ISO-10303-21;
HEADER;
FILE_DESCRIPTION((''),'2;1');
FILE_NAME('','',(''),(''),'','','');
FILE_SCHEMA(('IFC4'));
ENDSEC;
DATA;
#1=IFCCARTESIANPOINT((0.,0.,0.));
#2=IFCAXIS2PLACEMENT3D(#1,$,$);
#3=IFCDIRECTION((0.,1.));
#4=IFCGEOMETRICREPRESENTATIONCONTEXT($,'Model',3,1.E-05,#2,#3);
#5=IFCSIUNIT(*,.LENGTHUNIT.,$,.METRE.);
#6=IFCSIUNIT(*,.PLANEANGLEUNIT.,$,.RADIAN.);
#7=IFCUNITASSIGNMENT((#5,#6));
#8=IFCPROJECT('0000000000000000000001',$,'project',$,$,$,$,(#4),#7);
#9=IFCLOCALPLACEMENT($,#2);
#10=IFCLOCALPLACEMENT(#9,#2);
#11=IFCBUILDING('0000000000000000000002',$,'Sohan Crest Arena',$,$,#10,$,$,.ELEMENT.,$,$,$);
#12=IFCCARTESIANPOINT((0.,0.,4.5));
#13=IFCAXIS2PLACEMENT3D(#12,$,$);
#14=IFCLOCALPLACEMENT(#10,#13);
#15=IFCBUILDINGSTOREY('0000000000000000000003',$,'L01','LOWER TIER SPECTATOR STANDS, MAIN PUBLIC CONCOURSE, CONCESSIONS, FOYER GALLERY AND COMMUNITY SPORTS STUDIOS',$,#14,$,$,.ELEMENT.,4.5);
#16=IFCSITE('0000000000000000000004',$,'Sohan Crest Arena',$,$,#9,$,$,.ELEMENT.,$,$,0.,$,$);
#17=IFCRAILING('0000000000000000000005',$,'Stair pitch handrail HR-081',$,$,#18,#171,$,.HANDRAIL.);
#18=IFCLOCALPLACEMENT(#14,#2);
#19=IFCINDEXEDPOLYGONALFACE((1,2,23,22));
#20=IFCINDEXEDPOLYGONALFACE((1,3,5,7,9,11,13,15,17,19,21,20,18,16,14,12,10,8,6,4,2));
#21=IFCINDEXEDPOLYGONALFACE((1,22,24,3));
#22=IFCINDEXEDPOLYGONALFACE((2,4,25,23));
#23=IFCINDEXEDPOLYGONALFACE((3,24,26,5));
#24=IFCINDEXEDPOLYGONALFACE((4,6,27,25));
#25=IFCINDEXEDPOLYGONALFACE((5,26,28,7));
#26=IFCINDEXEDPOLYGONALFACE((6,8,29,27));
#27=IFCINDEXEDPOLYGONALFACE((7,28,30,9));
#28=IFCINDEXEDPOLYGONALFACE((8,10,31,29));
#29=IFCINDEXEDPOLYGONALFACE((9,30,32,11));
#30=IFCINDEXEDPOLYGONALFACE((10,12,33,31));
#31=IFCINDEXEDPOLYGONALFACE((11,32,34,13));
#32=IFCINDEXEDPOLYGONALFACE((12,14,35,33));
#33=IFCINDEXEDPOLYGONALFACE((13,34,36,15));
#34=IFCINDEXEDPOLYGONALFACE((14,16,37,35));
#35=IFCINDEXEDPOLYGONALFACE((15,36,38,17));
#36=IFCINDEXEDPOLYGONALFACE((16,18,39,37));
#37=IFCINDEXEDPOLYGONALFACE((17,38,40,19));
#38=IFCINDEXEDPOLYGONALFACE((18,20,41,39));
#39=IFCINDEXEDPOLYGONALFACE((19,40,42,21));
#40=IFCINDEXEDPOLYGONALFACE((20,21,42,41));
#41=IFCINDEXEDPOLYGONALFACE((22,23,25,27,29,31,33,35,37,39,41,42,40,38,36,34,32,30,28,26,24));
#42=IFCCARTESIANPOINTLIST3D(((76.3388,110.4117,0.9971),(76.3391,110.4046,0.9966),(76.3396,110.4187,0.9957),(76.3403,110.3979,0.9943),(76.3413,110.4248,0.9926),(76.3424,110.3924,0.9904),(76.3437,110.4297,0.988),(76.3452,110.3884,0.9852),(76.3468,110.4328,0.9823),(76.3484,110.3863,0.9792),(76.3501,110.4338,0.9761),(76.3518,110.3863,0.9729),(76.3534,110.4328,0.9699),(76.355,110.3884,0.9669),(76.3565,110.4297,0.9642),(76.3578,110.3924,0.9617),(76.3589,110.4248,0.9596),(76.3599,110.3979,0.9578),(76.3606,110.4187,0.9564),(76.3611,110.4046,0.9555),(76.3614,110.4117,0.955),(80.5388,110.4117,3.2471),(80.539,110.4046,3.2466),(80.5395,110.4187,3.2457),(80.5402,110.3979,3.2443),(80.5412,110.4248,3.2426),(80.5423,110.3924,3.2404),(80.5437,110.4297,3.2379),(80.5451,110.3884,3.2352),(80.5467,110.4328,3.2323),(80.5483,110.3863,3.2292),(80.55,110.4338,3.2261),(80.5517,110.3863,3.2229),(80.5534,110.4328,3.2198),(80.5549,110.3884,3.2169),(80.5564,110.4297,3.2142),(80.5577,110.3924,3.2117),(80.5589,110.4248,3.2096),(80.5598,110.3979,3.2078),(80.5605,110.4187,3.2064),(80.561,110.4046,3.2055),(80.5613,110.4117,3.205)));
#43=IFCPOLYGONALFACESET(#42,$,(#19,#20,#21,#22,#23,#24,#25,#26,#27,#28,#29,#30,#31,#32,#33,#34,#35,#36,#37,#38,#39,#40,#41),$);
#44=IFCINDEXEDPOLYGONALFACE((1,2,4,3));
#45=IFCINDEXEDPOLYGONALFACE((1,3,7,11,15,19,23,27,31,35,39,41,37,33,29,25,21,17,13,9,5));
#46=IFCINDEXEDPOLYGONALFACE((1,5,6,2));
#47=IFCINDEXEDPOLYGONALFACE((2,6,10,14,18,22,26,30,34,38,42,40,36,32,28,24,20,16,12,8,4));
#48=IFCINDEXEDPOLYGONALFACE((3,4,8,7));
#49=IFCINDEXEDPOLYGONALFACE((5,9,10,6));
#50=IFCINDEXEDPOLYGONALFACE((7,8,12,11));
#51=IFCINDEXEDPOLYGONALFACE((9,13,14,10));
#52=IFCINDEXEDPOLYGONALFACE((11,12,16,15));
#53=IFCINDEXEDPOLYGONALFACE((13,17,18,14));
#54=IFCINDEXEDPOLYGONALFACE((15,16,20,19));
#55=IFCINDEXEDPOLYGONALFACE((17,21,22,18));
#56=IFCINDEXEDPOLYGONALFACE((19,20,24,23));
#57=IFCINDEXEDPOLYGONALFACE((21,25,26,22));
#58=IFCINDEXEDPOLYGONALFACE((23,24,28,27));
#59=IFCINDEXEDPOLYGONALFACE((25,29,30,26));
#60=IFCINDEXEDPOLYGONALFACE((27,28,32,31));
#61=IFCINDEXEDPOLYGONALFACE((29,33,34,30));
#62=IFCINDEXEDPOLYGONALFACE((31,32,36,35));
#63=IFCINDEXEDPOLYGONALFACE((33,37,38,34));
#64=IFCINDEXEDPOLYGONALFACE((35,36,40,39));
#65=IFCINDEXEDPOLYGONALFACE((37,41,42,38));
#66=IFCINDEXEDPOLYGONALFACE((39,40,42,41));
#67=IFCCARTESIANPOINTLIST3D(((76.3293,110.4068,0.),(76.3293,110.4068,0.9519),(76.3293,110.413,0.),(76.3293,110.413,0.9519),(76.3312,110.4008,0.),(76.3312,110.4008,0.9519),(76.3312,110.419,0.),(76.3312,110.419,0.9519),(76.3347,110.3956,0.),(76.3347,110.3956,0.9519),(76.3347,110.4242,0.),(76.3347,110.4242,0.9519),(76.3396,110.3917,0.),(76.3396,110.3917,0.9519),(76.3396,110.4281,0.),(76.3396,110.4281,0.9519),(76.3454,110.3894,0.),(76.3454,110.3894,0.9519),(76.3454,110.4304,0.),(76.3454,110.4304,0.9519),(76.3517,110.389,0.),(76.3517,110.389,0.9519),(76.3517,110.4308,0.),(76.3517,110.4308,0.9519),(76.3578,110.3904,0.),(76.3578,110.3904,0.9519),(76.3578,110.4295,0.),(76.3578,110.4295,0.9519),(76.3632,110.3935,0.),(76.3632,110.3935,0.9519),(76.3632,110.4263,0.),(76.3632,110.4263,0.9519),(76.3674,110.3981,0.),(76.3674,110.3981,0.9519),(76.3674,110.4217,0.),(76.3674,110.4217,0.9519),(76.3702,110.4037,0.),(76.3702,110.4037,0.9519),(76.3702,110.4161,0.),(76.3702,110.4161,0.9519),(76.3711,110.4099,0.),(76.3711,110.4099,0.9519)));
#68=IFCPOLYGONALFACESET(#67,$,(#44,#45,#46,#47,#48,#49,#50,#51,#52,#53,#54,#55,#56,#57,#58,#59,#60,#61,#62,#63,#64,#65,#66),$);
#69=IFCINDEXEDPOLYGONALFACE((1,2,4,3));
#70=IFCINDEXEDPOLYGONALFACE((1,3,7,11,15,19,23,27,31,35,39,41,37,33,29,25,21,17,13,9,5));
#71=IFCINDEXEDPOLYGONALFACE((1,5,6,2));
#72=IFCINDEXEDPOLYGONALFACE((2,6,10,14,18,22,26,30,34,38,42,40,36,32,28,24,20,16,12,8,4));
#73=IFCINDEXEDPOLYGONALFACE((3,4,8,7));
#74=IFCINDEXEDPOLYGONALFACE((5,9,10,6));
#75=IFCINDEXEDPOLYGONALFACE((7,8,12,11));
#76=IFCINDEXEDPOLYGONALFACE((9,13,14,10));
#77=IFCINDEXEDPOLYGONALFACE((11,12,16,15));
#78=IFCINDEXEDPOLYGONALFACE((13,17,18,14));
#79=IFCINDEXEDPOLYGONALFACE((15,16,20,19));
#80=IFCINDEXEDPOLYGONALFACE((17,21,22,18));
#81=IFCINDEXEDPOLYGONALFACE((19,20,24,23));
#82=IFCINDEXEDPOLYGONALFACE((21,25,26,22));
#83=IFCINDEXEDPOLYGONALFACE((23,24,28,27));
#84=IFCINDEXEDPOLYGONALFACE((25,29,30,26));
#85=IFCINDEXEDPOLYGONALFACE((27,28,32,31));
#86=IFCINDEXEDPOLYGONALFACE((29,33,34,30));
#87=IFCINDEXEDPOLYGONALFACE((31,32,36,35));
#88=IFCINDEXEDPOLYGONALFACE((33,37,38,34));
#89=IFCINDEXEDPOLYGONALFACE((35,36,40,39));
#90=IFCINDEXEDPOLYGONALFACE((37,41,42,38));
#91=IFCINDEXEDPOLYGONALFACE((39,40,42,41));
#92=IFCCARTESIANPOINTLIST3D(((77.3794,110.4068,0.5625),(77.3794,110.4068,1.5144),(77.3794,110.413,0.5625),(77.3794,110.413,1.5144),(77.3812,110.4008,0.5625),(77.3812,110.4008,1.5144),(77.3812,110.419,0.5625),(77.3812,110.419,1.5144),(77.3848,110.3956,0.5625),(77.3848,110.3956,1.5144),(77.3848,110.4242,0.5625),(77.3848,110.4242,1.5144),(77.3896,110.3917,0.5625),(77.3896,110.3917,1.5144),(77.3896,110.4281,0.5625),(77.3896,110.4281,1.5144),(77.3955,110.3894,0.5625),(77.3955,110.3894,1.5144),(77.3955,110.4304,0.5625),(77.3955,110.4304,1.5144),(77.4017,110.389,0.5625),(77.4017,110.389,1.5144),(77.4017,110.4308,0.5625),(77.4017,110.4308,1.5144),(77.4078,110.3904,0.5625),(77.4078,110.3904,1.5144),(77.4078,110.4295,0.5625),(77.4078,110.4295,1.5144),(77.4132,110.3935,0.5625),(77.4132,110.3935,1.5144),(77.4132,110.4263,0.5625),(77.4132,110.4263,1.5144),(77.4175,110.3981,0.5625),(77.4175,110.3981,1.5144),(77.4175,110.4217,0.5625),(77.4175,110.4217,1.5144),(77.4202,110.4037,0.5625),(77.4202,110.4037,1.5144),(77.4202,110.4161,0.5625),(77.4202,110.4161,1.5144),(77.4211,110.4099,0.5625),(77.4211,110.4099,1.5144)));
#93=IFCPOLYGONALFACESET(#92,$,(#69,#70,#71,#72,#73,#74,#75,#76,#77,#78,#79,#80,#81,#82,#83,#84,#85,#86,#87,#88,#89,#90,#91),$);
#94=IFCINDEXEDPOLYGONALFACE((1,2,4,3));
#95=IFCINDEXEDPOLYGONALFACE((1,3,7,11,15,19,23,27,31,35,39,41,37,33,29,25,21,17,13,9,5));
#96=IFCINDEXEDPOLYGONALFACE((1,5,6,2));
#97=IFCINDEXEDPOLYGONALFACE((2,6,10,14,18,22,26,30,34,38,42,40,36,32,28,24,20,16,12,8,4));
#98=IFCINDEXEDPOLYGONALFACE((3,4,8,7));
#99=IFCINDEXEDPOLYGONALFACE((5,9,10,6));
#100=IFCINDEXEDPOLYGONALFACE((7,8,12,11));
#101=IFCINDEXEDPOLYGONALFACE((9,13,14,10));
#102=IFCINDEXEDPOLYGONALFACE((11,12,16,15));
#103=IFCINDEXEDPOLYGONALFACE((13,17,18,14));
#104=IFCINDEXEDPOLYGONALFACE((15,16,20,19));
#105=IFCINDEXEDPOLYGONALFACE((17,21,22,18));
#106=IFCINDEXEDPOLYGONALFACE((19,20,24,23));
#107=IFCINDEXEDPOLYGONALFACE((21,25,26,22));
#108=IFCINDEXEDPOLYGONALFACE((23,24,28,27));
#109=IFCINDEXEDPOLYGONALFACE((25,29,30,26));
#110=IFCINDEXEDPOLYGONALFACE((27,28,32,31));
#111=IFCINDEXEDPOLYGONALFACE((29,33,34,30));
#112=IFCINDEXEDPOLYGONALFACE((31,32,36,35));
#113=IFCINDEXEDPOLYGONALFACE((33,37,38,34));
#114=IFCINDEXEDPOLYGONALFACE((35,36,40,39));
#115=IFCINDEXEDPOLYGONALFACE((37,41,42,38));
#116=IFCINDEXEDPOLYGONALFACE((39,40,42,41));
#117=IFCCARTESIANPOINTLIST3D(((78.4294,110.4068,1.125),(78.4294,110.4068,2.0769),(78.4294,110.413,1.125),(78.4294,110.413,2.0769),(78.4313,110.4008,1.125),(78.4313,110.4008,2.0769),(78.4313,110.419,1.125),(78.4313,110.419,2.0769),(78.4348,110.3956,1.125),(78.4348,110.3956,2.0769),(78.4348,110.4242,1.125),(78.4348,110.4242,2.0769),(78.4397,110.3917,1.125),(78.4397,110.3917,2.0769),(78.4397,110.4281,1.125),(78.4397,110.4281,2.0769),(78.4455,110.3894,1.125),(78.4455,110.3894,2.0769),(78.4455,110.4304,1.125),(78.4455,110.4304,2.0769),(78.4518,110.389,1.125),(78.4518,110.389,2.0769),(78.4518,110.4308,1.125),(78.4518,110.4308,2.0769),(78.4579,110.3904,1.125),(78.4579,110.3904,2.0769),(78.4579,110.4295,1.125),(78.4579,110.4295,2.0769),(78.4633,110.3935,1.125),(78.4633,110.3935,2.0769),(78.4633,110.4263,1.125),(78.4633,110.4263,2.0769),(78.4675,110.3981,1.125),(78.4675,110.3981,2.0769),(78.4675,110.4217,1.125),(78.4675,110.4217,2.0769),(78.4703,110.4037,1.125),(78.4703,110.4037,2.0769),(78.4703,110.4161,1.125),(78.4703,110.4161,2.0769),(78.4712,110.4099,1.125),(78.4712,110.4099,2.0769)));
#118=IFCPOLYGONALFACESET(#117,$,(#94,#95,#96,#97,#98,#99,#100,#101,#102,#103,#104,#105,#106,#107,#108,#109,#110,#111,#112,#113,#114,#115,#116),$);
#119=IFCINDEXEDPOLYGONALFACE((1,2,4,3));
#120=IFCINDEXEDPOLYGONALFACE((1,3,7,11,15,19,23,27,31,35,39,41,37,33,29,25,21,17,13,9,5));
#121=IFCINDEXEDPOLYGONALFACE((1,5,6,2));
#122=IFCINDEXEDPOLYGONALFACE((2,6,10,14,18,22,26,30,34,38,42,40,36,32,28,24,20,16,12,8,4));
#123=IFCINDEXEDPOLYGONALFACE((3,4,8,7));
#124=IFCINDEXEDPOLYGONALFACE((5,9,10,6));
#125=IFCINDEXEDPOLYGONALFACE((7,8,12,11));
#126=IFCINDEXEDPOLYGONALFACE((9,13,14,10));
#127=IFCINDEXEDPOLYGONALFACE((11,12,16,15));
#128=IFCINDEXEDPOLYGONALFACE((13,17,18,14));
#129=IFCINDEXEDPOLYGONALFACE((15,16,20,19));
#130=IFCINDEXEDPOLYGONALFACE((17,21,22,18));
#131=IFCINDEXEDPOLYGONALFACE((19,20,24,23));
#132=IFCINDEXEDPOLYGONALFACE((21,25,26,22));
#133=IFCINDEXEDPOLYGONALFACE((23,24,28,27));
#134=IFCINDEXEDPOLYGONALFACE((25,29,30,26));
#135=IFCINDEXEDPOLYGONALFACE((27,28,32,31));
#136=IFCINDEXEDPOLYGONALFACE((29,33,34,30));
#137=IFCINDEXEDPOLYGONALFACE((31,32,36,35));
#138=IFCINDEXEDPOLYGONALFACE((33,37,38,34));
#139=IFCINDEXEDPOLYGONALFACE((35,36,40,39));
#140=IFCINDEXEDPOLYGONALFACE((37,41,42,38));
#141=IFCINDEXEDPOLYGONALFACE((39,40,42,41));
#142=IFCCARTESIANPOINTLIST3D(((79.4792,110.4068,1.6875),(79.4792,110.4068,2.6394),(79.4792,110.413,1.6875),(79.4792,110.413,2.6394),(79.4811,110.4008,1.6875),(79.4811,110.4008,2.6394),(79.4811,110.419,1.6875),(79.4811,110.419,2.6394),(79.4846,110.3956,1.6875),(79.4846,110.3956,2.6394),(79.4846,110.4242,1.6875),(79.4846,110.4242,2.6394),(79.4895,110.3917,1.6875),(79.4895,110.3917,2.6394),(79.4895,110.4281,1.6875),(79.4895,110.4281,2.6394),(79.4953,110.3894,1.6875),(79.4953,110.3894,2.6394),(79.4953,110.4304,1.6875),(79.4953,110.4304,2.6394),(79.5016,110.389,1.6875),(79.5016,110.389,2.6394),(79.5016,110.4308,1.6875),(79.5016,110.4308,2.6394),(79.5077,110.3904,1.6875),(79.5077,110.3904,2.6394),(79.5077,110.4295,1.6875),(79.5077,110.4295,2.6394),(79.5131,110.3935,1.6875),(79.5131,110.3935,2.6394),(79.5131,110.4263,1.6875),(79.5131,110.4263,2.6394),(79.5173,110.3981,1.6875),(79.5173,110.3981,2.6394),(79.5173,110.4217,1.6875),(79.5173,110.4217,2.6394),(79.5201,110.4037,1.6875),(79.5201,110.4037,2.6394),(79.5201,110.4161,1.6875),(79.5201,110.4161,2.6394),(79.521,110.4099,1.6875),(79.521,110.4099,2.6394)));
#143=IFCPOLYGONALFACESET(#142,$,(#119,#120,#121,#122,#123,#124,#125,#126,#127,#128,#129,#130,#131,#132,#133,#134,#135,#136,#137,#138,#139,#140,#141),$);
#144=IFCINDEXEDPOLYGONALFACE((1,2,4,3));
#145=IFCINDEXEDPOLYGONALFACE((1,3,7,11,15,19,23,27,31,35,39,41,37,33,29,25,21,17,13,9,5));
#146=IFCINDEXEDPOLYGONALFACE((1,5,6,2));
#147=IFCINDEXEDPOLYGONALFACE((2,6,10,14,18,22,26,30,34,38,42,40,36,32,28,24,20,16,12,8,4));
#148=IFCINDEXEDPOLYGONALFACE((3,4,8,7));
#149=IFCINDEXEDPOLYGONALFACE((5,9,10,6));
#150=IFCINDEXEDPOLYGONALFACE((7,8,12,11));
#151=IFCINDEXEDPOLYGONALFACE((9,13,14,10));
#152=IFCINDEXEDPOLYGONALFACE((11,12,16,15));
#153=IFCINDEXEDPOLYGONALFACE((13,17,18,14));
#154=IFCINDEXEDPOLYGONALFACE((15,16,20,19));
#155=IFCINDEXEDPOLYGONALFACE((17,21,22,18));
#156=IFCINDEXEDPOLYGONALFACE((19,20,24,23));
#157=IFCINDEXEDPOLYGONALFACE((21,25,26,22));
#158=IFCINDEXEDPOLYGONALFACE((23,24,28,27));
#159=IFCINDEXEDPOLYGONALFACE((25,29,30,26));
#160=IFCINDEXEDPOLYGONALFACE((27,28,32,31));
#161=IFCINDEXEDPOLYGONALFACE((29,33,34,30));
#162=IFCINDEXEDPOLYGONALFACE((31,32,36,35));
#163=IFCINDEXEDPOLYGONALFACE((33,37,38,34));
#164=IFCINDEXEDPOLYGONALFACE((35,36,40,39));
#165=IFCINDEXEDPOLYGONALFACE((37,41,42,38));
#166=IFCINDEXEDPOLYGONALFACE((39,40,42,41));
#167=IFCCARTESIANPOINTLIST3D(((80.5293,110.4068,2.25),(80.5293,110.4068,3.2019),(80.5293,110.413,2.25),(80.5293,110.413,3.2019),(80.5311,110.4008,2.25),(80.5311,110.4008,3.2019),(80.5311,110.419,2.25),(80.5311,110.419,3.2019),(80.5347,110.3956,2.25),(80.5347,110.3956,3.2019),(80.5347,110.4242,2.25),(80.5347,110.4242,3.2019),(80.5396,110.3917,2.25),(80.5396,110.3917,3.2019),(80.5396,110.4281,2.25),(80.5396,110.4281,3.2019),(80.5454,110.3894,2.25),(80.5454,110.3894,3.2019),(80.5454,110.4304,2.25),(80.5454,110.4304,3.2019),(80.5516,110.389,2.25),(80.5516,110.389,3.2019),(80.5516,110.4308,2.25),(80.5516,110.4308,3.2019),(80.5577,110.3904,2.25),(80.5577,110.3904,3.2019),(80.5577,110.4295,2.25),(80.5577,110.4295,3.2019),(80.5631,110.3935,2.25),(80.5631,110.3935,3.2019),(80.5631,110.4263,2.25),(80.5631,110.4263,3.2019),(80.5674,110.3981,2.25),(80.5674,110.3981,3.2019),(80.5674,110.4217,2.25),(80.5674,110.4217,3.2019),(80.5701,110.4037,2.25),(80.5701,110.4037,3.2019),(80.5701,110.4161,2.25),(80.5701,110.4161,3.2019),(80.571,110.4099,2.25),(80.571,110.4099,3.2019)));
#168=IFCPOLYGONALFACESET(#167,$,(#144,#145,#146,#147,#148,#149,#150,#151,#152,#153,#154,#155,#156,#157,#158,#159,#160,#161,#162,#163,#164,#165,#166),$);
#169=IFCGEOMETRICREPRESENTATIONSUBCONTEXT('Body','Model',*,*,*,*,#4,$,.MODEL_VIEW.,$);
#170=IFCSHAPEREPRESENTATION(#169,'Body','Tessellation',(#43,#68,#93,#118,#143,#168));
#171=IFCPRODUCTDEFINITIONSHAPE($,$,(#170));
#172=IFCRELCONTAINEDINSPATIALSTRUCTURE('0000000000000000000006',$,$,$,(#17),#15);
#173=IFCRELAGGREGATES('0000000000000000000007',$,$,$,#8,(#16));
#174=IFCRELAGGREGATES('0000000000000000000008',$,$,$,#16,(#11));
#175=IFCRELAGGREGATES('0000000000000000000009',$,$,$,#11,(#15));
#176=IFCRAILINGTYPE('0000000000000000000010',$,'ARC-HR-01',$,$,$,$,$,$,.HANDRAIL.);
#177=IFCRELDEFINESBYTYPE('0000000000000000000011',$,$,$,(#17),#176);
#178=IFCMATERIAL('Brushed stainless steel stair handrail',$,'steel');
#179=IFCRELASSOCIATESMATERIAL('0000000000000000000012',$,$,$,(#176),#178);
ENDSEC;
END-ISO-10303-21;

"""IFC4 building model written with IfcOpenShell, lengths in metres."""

from ifc_helpers import new_model, si_unit, direction, frame, origin, origin_2d, place, context, subcontext, project, spatial, circle, extrude, material, type_object, element, save


model = new_model("IFC4")

# Units and contexts
model_context = context("Model", 3, precision=1e-05, world=origin(), true_north=direction((0.0, 1.0)))
body_context = subcontext(model_context, "Body", "Model", "MODEL_VIEW")
ifc_project = project(units=[si_unit("LENGTHUNIT", "METRE"), si_unit("PLANEANGLEUNIT", "RADIAN")], contexts=[model_context])

# Site, building, storey
site_placement = place(None, origin())
site = spatial("IfcSite", under=ifc_project, at=site_placement, Name="Sohan Crest Arena", CompositionType="ELEMENT", RefElevation=0.0)
building_placement = place(site_placement, origin())
building = spatial("IfcBuilding", under=site, at=building_placement, Name="Sohan Crest Arena", CompositionType="ELEMENT")
storey_placement = place(building_placement, frame((0.0, 0.0, 4.5)))
storey = spatial("IfcBuildingStorey", under=building, at=storey_placement, Name="L01", Description="LOWER TIER SPECTATOR STANDS, MAIN PUBLIC CONCOURSE, CONCESSIONS, FOYER GALLERY AND COMMUNITY SPORTS STUDIOS", CompositionType="ELEMENT", Elevation=4.5)

# Railing
ifc_material_1 = material(Name="Brushed stainless steel stair handrail", Category="steel")
railing_type = type_object("IfcRailingType", Name="ARC-HR-01", PredefinedType="HANDRAIL", material=ifc_material_1)
for number, where, name in (
    (1, (76.3501, 110.4099, 0.0), "Stair pitch handrail HR-081"),
):
    element("IfcRailing", number, at=place(storey_placement, frame(where)), inside=storey, type_object=railing_type, Name=name, PredefinedType="HANDRAIL", context=body_context, shape_type="SweptSolid", body=[
        extrude(circle(Radius=0.0239, at=origin_2d()), frame((0.0, 0.0, 0.9761), z_axis=(0.881478, 0.0, 0.472226), x_axis=(0.0, 1.0, 0.0)), (0.0, 0.0, 1.0), 4.7646),
        extrude(circle(Radius=0.021, at=origin_2d()), origin(), (0.0, 0.0, 1.0), 0.9519),
        extrude(circle(Radius=0.021, at=origin_2d()), frame((1.05, 0.0, 0.5625)), (0.0, 0.0, 1.0), 0.9519),
        extrude(circle(Radius=0.021, at=origin_2d()), frame((2.1001, 0.0, 1.125)), (0.0, 0.0, 1.0), 0.9519),
        extrude(circle(Radius=0.021, at=origin_2d()), frame((3.1499, 0.0, 1.6875)), (0.0, 0.0, 1.0), 0.9519),
        extrude(circle(Radius=0.021, at=origin_2d()), frame((4.2, 0.0, 2.25)), (0.0, 0.0, 1.0), 0.9519),
    ])

save(model, "model.ifc")
